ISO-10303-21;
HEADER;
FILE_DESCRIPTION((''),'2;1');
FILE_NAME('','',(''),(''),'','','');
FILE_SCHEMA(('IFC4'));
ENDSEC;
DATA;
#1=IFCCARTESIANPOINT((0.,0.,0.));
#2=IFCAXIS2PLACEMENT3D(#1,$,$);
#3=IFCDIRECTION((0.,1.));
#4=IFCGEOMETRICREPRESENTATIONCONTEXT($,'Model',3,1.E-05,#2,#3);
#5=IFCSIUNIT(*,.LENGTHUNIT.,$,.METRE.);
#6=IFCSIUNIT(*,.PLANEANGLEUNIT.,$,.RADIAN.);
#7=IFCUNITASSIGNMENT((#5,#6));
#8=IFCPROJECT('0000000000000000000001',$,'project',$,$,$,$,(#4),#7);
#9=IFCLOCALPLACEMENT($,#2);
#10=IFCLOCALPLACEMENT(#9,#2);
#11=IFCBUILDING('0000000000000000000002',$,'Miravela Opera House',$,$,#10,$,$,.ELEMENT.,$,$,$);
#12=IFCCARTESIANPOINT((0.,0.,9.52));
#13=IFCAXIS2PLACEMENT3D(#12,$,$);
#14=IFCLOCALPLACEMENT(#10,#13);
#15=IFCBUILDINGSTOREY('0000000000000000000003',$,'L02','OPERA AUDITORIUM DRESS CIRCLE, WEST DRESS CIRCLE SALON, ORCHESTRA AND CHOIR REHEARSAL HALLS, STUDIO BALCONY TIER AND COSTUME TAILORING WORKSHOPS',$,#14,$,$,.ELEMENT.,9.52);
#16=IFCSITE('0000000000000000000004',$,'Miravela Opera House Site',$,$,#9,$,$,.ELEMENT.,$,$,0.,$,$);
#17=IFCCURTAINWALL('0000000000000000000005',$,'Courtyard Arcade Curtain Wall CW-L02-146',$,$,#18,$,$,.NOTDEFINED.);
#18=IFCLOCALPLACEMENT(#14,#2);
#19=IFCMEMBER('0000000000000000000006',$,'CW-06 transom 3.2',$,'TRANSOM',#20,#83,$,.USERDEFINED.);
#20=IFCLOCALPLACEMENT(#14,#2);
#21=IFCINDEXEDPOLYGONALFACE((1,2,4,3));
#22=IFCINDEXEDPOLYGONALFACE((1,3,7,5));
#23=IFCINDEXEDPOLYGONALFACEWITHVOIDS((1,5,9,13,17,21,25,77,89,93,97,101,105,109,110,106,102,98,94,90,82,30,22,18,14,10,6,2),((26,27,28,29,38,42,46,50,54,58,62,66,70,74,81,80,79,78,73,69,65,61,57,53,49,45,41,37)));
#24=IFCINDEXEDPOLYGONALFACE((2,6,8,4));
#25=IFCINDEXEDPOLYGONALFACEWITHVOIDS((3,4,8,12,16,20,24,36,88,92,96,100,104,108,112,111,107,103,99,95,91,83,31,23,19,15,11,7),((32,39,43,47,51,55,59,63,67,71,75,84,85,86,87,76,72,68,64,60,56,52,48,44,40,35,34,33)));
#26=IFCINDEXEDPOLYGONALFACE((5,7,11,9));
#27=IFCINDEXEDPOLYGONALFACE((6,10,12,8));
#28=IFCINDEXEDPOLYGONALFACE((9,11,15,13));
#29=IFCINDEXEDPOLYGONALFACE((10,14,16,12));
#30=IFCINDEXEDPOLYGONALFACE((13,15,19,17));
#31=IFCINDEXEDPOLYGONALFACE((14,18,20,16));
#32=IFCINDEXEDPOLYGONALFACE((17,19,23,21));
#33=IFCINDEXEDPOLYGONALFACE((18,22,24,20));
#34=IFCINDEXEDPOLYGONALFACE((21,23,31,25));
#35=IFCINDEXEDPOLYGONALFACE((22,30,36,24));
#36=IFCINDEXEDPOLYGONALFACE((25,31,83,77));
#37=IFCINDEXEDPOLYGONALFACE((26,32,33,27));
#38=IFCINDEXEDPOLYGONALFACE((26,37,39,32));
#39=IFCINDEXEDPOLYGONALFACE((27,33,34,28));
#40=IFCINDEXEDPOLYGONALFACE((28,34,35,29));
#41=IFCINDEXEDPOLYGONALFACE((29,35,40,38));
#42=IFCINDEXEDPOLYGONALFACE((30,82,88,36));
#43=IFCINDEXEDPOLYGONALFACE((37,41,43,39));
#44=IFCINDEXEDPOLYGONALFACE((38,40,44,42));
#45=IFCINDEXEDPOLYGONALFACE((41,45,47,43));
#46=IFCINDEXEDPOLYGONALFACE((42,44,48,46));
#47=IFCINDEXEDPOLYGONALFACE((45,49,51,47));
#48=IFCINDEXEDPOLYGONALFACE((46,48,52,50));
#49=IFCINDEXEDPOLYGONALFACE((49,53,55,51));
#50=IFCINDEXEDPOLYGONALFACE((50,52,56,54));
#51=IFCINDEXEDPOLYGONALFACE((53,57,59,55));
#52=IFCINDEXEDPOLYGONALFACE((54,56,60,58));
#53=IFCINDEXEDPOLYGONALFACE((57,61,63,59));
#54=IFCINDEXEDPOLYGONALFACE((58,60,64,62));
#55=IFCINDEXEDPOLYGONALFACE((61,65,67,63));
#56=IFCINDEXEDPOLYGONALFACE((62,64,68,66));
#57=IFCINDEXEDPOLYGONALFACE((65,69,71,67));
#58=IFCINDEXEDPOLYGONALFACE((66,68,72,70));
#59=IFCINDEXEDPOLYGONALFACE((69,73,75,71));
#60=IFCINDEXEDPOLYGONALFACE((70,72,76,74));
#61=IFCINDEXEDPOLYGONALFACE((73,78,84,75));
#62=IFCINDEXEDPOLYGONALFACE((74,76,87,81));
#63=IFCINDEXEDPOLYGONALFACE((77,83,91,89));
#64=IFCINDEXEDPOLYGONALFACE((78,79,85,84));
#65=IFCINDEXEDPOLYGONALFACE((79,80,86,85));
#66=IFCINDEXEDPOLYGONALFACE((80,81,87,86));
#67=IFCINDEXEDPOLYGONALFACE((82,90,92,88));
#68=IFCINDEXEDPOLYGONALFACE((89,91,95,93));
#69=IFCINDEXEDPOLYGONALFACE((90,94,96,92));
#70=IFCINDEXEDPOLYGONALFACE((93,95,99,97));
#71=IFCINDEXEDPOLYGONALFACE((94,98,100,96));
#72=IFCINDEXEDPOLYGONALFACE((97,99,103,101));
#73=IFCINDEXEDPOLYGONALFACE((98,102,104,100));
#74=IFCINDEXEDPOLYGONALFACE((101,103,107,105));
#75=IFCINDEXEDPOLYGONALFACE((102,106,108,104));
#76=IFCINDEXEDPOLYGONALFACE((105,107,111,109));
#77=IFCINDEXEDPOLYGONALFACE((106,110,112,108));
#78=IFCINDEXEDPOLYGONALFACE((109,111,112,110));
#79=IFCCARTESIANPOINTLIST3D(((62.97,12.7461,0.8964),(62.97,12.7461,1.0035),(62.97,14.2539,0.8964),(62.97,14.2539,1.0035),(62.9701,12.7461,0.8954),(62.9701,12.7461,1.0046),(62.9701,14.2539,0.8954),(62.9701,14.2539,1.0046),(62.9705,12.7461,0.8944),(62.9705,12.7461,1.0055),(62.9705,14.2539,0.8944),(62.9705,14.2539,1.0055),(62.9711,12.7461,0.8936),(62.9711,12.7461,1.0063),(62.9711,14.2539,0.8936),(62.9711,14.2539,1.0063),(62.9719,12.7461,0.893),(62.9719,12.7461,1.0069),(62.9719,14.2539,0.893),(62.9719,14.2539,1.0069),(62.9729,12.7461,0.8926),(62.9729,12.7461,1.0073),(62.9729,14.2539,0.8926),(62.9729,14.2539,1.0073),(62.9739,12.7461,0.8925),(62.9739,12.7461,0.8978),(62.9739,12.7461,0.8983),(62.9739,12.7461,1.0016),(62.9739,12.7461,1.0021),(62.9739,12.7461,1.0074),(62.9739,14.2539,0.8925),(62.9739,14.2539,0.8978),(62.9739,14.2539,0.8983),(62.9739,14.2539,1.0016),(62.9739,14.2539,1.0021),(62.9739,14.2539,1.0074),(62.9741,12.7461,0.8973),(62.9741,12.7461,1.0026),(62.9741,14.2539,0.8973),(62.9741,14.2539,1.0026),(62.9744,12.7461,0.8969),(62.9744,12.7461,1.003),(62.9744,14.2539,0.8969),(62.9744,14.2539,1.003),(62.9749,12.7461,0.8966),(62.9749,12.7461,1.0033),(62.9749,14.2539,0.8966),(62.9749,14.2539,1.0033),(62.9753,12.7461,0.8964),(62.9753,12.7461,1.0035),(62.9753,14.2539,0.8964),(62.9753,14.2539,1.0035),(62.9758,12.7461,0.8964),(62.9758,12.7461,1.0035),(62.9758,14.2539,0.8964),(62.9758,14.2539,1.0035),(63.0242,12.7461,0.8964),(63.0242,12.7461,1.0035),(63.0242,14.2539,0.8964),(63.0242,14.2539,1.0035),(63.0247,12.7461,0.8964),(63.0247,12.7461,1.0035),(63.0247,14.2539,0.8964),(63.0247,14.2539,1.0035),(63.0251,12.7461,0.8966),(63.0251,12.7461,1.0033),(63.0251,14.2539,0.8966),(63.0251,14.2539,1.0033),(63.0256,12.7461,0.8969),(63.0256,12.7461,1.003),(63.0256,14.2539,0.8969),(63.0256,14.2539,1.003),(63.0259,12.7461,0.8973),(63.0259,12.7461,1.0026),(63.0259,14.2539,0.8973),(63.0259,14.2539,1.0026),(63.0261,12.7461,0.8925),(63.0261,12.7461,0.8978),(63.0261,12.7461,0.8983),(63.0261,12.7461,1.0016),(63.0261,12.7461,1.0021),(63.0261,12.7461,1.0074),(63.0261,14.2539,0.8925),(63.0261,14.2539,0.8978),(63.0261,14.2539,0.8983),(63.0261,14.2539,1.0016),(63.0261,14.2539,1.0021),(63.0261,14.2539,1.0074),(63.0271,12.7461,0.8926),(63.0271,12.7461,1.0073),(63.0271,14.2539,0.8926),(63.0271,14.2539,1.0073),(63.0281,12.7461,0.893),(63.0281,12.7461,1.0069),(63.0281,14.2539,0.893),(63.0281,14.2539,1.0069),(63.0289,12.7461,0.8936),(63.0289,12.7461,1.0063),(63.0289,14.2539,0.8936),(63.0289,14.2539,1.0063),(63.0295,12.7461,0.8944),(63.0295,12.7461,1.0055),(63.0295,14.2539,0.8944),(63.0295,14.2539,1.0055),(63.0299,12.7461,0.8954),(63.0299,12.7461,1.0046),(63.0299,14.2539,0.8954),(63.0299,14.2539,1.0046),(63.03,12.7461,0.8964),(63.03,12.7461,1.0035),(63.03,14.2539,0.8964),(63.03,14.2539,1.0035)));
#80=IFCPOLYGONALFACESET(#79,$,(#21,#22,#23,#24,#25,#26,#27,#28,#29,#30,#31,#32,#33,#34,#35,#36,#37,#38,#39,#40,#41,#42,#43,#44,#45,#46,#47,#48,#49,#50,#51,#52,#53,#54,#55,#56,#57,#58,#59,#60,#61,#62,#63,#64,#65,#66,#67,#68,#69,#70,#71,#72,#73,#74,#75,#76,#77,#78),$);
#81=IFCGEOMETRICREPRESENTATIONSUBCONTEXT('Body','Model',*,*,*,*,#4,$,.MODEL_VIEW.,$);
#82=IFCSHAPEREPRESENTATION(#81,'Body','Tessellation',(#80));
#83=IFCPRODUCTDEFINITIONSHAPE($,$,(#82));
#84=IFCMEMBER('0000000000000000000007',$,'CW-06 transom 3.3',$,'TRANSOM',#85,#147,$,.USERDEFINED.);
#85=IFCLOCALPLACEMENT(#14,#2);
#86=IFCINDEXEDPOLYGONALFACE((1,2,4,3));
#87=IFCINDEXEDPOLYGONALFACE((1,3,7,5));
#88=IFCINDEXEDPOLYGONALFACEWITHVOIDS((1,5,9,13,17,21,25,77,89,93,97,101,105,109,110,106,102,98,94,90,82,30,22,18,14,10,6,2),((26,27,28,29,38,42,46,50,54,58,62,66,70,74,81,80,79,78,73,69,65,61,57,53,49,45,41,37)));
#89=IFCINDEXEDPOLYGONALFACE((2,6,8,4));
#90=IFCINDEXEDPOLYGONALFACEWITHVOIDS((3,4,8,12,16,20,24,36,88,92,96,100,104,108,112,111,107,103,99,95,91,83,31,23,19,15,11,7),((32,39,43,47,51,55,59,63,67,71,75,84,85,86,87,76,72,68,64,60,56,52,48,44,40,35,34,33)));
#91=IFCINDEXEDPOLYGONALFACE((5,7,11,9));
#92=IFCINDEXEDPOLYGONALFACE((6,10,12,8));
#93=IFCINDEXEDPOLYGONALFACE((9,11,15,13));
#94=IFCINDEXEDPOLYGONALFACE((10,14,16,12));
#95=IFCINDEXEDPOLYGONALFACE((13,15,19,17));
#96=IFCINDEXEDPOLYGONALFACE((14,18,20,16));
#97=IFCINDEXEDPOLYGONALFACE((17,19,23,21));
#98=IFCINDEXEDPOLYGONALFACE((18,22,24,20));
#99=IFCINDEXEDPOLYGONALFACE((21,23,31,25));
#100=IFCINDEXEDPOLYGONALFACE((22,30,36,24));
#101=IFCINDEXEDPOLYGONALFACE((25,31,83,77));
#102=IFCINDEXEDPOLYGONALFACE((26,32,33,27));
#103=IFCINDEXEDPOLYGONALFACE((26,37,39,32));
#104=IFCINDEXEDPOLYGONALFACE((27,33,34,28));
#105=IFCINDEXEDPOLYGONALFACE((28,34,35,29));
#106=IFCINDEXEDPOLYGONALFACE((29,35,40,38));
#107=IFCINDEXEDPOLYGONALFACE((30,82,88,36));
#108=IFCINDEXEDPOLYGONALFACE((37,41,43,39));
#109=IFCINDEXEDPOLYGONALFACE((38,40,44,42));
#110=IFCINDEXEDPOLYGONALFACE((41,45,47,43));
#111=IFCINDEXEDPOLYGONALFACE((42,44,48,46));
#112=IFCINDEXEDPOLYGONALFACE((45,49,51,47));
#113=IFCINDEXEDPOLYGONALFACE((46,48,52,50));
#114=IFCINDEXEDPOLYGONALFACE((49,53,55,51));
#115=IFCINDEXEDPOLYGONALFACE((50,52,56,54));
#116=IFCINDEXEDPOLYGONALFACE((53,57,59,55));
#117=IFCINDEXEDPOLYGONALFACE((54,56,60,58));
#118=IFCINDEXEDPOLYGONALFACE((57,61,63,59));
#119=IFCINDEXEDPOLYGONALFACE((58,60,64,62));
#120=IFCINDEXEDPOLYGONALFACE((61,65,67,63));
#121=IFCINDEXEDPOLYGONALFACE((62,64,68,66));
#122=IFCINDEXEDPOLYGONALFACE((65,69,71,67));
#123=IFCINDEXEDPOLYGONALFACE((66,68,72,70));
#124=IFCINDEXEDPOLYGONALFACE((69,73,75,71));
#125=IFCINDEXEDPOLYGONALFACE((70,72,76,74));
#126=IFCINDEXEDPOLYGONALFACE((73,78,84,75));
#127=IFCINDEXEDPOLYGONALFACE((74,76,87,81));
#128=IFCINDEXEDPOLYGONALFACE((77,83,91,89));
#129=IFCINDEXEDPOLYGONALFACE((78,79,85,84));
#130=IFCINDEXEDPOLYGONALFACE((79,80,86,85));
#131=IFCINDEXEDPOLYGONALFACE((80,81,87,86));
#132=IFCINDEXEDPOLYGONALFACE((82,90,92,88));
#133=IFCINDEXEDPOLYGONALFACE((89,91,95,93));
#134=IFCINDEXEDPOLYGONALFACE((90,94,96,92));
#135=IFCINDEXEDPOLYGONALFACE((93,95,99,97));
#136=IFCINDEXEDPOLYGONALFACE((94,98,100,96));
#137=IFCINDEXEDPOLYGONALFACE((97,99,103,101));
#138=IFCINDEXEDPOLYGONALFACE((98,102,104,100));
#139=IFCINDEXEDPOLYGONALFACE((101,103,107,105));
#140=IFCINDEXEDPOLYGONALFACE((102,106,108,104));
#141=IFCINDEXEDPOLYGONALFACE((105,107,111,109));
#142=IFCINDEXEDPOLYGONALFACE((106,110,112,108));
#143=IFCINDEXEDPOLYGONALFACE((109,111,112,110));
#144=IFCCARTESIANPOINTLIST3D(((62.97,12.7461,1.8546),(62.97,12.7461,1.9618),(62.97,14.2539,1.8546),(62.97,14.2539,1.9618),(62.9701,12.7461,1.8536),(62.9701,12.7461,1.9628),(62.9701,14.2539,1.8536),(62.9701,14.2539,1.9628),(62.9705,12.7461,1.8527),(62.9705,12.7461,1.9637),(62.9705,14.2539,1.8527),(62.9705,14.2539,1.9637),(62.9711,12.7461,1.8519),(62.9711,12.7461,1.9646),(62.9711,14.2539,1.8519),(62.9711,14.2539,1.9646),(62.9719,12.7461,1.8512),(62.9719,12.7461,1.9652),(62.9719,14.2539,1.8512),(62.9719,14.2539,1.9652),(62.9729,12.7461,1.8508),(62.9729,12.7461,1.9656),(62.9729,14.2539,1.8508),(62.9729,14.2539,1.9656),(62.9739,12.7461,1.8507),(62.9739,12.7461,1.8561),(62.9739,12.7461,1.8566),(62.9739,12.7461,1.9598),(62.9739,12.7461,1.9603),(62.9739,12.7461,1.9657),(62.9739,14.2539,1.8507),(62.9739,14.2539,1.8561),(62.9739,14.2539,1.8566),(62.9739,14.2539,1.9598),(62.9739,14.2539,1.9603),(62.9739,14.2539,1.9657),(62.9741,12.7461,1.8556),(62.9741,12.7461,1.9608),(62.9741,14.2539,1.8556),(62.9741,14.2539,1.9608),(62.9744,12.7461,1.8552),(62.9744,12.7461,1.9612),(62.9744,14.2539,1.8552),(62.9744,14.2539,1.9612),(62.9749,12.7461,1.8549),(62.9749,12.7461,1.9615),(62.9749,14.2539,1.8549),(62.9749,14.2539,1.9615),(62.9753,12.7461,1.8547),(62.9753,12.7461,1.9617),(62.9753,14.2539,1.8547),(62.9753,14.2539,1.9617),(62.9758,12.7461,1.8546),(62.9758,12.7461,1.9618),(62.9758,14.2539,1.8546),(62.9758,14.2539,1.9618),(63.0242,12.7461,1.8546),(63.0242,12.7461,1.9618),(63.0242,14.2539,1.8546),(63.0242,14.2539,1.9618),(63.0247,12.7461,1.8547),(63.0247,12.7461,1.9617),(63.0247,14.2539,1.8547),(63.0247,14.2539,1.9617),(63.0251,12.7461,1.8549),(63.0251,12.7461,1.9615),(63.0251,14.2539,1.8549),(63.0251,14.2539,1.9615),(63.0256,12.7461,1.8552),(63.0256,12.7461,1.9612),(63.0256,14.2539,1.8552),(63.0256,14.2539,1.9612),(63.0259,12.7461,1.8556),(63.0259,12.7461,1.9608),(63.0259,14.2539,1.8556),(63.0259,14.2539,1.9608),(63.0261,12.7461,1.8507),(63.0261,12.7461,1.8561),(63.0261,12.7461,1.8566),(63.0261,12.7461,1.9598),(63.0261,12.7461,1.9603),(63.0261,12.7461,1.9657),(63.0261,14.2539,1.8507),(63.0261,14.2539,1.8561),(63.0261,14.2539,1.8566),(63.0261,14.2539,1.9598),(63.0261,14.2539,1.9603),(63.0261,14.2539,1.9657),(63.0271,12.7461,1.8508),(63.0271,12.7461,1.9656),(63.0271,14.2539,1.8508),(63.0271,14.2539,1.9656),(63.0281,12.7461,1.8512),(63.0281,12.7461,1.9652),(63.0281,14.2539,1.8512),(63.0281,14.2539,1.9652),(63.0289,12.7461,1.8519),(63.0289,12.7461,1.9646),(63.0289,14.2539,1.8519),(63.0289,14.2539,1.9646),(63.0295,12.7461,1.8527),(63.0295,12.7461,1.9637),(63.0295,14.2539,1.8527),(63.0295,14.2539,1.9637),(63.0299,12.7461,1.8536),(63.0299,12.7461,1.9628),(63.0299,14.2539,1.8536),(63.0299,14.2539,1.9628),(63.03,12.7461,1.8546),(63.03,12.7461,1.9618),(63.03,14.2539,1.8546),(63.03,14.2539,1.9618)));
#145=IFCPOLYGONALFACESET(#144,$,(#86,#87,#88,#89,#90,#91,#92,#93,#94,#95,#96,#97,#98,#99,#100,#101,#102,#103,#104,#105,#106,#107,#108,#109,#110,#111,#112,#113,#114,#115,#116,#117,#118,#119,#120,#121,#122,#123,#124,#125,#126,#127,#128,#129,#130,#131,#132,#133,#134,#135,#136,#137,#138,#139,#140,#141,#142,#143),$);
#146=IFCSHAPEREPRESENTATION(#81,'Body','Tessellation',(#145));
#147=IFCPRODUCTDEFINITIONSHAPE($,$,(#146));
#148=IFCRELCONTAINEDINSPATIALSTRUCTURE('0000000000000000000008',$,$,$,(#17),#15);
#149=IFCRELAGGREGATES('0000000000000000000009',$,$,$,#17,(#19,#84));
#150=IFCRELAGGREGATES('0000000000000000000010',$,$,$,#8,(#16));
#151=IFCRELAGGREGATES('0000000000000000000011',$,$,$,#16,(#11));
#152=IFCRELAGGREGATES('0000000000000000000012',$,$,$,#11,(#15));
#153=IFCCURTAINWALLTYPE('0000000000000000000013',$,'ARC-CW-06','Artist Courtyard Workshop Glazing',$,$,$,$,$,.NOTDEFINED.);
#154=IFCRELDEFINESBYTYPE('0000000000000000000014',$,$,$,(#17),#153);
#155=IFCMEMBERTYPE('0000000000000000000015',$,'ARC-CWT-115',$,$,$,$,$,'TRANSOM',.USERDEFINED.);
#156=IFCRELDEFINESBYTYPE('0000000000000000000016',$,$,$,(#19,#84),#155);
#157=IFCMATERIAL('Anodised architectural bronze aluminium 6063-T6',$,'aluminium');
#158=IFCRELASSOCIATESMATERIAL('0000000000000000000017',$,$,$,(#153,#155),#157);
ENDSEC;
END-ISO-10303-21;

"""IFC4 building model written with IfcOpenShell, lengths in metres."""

from ifc_helpers import new_model, si_unit, direction, frame, origin, origin_2d, place, context, subcontext, project, spatial, hollow_rectangle, extrude, material, material_profile, profile_set, type_object, element, aggregate, save


model = new_model("IFC4")

# Units and contexts
model_context = context("Model", 3, precision=1e-05, world=origin(), true_north=direction((0.0, 1.0)))
body_context = subcontext(model_context, "Body", "Model", "MODEL_VIEW")
ifc_project = project(units=[si_unit("LENGTHUNIT", "METRE"), si_unit("PLANEANGLEUNIT", "RADIAN")], contexts=[model_context])

# Site, building, storey
site_placement = place(None, origin())
site = spatial("IfcSite", under=ifc_project, at=site_placement, Name="Miravela Opera House Site", CompositionType="ELEMENT", RefElevation=0.0)
building_placement = place(site_placement, origin())
building = spatial("IfcBuilding", under=site, at=building_placement, Name="Miravela Opera House", CompositionType="ELEMENT")
storey_placement = place(building_placement, frame((0.0, 0.0, 9.52)))
storey = spatial("IfcBuildingStorey", under=building, at=storey_placement, Name="L02", Description="OPERA AUDITORIUM DRESS CIRCLE, WEST DRESS CIRCLE SALON, ORCHESTRA AND CHOIR REHEARSAL HALLS, STUDIO BALCONY TIER AND COSTUME TAILORING WORKSHOPS", CompositionType="ELEMENT", Elevation=9.52)

# Curtain wall, members
ifc_material_1 = material(Name="Anodised architectural bronze aluminium 6063-T6", Category="aluminium")
curtain_wall_type = type_object("IfcCurtainWallType", Name="ARC-CW-06", Description="Artist Courtyard Workshop Glazing", PredefinedType="NOTDEFINED", material=ifc_material_1)
curtain_wall_placement = place(storey_placement, origin())
curtain_wall = element("IfcCurtainWall", 1, at=curtain_wall_placement, inside=storey, type_object=curtain_wall_type, Name="Courtyard Arcade Curtain Wall CW-L02-146", PredefinedType="NOTDEFINED")
ifc_material_profile_1 = material_profile(ifc_material_1, hollow_rectangle(XDim=0.0601, YDim=0.115, WallThickness=0.0039, InnerFilletRadius=0.002, OuterFilletRadius=0.0039, at=origin_2d()), Name="CWT-60X115")
ifc_profile_set_1 = profile_set([ifc_material_profile_1])
member_type_1 = type_object("IfcMemberType", Name="ARC-CWT-115", ElementType="TRANSOM", PredefinedType="USERDEFINED", material=ifc_profile_set_1)
member_1_placement = place(storey_placement, frame((63.0, 12.7461, 0.95), z_axis=(0.0, 1.0, 0.0), x_axis=(-1.0, 0.0, 0.0)))
member_1 = element("IfcMember", 2, at=member_1_placement, type_object=member_type_1, Name="CW-06 transom 3.2", ObjectType="TRANSOM", PredefinedType="USERDEFINED", context=body_context, shape_type="SweptSolid", body=[
    extrude(hollow_rectangle(XDim=0.0601, YDim=0.115, WallThickness=0.0039, InnerFilletRadius=0.002, OuterFilletRadius=0.0039, at=origin_2d()), origin(), (0.0, 0.0, 1.0), 1.5078),
])
member_2_placement = place(storey_placement, frame((63.0, 12.7461, 1.9082), z_axis=(0.0, 1.0, 0.0), x_axis=(-1.0, 0.0, 0.0)))
member_2 = element("IfcMember", 3, at=member_2_placement, type_object=member_type_1, Name="CW-06 transom 3.3", ObjectType="TRANSOM", PredefinedType="USERDEFINED", context=body_context, shape_type="SweptSolid", body=[
    extrude(hollow_rectangle(XDim=0.0601, YDim=0.115, WallThickness=0.0039, InnerFilletRadius=0.002, OuterFilletRadius=0.0039, at=origin_2d()), origin(), (0.0, 0.0, 1.0), 1.5078),
])

aggregate(curtain_wall, [member_1, member_2])

save(model, "model.ifc")
